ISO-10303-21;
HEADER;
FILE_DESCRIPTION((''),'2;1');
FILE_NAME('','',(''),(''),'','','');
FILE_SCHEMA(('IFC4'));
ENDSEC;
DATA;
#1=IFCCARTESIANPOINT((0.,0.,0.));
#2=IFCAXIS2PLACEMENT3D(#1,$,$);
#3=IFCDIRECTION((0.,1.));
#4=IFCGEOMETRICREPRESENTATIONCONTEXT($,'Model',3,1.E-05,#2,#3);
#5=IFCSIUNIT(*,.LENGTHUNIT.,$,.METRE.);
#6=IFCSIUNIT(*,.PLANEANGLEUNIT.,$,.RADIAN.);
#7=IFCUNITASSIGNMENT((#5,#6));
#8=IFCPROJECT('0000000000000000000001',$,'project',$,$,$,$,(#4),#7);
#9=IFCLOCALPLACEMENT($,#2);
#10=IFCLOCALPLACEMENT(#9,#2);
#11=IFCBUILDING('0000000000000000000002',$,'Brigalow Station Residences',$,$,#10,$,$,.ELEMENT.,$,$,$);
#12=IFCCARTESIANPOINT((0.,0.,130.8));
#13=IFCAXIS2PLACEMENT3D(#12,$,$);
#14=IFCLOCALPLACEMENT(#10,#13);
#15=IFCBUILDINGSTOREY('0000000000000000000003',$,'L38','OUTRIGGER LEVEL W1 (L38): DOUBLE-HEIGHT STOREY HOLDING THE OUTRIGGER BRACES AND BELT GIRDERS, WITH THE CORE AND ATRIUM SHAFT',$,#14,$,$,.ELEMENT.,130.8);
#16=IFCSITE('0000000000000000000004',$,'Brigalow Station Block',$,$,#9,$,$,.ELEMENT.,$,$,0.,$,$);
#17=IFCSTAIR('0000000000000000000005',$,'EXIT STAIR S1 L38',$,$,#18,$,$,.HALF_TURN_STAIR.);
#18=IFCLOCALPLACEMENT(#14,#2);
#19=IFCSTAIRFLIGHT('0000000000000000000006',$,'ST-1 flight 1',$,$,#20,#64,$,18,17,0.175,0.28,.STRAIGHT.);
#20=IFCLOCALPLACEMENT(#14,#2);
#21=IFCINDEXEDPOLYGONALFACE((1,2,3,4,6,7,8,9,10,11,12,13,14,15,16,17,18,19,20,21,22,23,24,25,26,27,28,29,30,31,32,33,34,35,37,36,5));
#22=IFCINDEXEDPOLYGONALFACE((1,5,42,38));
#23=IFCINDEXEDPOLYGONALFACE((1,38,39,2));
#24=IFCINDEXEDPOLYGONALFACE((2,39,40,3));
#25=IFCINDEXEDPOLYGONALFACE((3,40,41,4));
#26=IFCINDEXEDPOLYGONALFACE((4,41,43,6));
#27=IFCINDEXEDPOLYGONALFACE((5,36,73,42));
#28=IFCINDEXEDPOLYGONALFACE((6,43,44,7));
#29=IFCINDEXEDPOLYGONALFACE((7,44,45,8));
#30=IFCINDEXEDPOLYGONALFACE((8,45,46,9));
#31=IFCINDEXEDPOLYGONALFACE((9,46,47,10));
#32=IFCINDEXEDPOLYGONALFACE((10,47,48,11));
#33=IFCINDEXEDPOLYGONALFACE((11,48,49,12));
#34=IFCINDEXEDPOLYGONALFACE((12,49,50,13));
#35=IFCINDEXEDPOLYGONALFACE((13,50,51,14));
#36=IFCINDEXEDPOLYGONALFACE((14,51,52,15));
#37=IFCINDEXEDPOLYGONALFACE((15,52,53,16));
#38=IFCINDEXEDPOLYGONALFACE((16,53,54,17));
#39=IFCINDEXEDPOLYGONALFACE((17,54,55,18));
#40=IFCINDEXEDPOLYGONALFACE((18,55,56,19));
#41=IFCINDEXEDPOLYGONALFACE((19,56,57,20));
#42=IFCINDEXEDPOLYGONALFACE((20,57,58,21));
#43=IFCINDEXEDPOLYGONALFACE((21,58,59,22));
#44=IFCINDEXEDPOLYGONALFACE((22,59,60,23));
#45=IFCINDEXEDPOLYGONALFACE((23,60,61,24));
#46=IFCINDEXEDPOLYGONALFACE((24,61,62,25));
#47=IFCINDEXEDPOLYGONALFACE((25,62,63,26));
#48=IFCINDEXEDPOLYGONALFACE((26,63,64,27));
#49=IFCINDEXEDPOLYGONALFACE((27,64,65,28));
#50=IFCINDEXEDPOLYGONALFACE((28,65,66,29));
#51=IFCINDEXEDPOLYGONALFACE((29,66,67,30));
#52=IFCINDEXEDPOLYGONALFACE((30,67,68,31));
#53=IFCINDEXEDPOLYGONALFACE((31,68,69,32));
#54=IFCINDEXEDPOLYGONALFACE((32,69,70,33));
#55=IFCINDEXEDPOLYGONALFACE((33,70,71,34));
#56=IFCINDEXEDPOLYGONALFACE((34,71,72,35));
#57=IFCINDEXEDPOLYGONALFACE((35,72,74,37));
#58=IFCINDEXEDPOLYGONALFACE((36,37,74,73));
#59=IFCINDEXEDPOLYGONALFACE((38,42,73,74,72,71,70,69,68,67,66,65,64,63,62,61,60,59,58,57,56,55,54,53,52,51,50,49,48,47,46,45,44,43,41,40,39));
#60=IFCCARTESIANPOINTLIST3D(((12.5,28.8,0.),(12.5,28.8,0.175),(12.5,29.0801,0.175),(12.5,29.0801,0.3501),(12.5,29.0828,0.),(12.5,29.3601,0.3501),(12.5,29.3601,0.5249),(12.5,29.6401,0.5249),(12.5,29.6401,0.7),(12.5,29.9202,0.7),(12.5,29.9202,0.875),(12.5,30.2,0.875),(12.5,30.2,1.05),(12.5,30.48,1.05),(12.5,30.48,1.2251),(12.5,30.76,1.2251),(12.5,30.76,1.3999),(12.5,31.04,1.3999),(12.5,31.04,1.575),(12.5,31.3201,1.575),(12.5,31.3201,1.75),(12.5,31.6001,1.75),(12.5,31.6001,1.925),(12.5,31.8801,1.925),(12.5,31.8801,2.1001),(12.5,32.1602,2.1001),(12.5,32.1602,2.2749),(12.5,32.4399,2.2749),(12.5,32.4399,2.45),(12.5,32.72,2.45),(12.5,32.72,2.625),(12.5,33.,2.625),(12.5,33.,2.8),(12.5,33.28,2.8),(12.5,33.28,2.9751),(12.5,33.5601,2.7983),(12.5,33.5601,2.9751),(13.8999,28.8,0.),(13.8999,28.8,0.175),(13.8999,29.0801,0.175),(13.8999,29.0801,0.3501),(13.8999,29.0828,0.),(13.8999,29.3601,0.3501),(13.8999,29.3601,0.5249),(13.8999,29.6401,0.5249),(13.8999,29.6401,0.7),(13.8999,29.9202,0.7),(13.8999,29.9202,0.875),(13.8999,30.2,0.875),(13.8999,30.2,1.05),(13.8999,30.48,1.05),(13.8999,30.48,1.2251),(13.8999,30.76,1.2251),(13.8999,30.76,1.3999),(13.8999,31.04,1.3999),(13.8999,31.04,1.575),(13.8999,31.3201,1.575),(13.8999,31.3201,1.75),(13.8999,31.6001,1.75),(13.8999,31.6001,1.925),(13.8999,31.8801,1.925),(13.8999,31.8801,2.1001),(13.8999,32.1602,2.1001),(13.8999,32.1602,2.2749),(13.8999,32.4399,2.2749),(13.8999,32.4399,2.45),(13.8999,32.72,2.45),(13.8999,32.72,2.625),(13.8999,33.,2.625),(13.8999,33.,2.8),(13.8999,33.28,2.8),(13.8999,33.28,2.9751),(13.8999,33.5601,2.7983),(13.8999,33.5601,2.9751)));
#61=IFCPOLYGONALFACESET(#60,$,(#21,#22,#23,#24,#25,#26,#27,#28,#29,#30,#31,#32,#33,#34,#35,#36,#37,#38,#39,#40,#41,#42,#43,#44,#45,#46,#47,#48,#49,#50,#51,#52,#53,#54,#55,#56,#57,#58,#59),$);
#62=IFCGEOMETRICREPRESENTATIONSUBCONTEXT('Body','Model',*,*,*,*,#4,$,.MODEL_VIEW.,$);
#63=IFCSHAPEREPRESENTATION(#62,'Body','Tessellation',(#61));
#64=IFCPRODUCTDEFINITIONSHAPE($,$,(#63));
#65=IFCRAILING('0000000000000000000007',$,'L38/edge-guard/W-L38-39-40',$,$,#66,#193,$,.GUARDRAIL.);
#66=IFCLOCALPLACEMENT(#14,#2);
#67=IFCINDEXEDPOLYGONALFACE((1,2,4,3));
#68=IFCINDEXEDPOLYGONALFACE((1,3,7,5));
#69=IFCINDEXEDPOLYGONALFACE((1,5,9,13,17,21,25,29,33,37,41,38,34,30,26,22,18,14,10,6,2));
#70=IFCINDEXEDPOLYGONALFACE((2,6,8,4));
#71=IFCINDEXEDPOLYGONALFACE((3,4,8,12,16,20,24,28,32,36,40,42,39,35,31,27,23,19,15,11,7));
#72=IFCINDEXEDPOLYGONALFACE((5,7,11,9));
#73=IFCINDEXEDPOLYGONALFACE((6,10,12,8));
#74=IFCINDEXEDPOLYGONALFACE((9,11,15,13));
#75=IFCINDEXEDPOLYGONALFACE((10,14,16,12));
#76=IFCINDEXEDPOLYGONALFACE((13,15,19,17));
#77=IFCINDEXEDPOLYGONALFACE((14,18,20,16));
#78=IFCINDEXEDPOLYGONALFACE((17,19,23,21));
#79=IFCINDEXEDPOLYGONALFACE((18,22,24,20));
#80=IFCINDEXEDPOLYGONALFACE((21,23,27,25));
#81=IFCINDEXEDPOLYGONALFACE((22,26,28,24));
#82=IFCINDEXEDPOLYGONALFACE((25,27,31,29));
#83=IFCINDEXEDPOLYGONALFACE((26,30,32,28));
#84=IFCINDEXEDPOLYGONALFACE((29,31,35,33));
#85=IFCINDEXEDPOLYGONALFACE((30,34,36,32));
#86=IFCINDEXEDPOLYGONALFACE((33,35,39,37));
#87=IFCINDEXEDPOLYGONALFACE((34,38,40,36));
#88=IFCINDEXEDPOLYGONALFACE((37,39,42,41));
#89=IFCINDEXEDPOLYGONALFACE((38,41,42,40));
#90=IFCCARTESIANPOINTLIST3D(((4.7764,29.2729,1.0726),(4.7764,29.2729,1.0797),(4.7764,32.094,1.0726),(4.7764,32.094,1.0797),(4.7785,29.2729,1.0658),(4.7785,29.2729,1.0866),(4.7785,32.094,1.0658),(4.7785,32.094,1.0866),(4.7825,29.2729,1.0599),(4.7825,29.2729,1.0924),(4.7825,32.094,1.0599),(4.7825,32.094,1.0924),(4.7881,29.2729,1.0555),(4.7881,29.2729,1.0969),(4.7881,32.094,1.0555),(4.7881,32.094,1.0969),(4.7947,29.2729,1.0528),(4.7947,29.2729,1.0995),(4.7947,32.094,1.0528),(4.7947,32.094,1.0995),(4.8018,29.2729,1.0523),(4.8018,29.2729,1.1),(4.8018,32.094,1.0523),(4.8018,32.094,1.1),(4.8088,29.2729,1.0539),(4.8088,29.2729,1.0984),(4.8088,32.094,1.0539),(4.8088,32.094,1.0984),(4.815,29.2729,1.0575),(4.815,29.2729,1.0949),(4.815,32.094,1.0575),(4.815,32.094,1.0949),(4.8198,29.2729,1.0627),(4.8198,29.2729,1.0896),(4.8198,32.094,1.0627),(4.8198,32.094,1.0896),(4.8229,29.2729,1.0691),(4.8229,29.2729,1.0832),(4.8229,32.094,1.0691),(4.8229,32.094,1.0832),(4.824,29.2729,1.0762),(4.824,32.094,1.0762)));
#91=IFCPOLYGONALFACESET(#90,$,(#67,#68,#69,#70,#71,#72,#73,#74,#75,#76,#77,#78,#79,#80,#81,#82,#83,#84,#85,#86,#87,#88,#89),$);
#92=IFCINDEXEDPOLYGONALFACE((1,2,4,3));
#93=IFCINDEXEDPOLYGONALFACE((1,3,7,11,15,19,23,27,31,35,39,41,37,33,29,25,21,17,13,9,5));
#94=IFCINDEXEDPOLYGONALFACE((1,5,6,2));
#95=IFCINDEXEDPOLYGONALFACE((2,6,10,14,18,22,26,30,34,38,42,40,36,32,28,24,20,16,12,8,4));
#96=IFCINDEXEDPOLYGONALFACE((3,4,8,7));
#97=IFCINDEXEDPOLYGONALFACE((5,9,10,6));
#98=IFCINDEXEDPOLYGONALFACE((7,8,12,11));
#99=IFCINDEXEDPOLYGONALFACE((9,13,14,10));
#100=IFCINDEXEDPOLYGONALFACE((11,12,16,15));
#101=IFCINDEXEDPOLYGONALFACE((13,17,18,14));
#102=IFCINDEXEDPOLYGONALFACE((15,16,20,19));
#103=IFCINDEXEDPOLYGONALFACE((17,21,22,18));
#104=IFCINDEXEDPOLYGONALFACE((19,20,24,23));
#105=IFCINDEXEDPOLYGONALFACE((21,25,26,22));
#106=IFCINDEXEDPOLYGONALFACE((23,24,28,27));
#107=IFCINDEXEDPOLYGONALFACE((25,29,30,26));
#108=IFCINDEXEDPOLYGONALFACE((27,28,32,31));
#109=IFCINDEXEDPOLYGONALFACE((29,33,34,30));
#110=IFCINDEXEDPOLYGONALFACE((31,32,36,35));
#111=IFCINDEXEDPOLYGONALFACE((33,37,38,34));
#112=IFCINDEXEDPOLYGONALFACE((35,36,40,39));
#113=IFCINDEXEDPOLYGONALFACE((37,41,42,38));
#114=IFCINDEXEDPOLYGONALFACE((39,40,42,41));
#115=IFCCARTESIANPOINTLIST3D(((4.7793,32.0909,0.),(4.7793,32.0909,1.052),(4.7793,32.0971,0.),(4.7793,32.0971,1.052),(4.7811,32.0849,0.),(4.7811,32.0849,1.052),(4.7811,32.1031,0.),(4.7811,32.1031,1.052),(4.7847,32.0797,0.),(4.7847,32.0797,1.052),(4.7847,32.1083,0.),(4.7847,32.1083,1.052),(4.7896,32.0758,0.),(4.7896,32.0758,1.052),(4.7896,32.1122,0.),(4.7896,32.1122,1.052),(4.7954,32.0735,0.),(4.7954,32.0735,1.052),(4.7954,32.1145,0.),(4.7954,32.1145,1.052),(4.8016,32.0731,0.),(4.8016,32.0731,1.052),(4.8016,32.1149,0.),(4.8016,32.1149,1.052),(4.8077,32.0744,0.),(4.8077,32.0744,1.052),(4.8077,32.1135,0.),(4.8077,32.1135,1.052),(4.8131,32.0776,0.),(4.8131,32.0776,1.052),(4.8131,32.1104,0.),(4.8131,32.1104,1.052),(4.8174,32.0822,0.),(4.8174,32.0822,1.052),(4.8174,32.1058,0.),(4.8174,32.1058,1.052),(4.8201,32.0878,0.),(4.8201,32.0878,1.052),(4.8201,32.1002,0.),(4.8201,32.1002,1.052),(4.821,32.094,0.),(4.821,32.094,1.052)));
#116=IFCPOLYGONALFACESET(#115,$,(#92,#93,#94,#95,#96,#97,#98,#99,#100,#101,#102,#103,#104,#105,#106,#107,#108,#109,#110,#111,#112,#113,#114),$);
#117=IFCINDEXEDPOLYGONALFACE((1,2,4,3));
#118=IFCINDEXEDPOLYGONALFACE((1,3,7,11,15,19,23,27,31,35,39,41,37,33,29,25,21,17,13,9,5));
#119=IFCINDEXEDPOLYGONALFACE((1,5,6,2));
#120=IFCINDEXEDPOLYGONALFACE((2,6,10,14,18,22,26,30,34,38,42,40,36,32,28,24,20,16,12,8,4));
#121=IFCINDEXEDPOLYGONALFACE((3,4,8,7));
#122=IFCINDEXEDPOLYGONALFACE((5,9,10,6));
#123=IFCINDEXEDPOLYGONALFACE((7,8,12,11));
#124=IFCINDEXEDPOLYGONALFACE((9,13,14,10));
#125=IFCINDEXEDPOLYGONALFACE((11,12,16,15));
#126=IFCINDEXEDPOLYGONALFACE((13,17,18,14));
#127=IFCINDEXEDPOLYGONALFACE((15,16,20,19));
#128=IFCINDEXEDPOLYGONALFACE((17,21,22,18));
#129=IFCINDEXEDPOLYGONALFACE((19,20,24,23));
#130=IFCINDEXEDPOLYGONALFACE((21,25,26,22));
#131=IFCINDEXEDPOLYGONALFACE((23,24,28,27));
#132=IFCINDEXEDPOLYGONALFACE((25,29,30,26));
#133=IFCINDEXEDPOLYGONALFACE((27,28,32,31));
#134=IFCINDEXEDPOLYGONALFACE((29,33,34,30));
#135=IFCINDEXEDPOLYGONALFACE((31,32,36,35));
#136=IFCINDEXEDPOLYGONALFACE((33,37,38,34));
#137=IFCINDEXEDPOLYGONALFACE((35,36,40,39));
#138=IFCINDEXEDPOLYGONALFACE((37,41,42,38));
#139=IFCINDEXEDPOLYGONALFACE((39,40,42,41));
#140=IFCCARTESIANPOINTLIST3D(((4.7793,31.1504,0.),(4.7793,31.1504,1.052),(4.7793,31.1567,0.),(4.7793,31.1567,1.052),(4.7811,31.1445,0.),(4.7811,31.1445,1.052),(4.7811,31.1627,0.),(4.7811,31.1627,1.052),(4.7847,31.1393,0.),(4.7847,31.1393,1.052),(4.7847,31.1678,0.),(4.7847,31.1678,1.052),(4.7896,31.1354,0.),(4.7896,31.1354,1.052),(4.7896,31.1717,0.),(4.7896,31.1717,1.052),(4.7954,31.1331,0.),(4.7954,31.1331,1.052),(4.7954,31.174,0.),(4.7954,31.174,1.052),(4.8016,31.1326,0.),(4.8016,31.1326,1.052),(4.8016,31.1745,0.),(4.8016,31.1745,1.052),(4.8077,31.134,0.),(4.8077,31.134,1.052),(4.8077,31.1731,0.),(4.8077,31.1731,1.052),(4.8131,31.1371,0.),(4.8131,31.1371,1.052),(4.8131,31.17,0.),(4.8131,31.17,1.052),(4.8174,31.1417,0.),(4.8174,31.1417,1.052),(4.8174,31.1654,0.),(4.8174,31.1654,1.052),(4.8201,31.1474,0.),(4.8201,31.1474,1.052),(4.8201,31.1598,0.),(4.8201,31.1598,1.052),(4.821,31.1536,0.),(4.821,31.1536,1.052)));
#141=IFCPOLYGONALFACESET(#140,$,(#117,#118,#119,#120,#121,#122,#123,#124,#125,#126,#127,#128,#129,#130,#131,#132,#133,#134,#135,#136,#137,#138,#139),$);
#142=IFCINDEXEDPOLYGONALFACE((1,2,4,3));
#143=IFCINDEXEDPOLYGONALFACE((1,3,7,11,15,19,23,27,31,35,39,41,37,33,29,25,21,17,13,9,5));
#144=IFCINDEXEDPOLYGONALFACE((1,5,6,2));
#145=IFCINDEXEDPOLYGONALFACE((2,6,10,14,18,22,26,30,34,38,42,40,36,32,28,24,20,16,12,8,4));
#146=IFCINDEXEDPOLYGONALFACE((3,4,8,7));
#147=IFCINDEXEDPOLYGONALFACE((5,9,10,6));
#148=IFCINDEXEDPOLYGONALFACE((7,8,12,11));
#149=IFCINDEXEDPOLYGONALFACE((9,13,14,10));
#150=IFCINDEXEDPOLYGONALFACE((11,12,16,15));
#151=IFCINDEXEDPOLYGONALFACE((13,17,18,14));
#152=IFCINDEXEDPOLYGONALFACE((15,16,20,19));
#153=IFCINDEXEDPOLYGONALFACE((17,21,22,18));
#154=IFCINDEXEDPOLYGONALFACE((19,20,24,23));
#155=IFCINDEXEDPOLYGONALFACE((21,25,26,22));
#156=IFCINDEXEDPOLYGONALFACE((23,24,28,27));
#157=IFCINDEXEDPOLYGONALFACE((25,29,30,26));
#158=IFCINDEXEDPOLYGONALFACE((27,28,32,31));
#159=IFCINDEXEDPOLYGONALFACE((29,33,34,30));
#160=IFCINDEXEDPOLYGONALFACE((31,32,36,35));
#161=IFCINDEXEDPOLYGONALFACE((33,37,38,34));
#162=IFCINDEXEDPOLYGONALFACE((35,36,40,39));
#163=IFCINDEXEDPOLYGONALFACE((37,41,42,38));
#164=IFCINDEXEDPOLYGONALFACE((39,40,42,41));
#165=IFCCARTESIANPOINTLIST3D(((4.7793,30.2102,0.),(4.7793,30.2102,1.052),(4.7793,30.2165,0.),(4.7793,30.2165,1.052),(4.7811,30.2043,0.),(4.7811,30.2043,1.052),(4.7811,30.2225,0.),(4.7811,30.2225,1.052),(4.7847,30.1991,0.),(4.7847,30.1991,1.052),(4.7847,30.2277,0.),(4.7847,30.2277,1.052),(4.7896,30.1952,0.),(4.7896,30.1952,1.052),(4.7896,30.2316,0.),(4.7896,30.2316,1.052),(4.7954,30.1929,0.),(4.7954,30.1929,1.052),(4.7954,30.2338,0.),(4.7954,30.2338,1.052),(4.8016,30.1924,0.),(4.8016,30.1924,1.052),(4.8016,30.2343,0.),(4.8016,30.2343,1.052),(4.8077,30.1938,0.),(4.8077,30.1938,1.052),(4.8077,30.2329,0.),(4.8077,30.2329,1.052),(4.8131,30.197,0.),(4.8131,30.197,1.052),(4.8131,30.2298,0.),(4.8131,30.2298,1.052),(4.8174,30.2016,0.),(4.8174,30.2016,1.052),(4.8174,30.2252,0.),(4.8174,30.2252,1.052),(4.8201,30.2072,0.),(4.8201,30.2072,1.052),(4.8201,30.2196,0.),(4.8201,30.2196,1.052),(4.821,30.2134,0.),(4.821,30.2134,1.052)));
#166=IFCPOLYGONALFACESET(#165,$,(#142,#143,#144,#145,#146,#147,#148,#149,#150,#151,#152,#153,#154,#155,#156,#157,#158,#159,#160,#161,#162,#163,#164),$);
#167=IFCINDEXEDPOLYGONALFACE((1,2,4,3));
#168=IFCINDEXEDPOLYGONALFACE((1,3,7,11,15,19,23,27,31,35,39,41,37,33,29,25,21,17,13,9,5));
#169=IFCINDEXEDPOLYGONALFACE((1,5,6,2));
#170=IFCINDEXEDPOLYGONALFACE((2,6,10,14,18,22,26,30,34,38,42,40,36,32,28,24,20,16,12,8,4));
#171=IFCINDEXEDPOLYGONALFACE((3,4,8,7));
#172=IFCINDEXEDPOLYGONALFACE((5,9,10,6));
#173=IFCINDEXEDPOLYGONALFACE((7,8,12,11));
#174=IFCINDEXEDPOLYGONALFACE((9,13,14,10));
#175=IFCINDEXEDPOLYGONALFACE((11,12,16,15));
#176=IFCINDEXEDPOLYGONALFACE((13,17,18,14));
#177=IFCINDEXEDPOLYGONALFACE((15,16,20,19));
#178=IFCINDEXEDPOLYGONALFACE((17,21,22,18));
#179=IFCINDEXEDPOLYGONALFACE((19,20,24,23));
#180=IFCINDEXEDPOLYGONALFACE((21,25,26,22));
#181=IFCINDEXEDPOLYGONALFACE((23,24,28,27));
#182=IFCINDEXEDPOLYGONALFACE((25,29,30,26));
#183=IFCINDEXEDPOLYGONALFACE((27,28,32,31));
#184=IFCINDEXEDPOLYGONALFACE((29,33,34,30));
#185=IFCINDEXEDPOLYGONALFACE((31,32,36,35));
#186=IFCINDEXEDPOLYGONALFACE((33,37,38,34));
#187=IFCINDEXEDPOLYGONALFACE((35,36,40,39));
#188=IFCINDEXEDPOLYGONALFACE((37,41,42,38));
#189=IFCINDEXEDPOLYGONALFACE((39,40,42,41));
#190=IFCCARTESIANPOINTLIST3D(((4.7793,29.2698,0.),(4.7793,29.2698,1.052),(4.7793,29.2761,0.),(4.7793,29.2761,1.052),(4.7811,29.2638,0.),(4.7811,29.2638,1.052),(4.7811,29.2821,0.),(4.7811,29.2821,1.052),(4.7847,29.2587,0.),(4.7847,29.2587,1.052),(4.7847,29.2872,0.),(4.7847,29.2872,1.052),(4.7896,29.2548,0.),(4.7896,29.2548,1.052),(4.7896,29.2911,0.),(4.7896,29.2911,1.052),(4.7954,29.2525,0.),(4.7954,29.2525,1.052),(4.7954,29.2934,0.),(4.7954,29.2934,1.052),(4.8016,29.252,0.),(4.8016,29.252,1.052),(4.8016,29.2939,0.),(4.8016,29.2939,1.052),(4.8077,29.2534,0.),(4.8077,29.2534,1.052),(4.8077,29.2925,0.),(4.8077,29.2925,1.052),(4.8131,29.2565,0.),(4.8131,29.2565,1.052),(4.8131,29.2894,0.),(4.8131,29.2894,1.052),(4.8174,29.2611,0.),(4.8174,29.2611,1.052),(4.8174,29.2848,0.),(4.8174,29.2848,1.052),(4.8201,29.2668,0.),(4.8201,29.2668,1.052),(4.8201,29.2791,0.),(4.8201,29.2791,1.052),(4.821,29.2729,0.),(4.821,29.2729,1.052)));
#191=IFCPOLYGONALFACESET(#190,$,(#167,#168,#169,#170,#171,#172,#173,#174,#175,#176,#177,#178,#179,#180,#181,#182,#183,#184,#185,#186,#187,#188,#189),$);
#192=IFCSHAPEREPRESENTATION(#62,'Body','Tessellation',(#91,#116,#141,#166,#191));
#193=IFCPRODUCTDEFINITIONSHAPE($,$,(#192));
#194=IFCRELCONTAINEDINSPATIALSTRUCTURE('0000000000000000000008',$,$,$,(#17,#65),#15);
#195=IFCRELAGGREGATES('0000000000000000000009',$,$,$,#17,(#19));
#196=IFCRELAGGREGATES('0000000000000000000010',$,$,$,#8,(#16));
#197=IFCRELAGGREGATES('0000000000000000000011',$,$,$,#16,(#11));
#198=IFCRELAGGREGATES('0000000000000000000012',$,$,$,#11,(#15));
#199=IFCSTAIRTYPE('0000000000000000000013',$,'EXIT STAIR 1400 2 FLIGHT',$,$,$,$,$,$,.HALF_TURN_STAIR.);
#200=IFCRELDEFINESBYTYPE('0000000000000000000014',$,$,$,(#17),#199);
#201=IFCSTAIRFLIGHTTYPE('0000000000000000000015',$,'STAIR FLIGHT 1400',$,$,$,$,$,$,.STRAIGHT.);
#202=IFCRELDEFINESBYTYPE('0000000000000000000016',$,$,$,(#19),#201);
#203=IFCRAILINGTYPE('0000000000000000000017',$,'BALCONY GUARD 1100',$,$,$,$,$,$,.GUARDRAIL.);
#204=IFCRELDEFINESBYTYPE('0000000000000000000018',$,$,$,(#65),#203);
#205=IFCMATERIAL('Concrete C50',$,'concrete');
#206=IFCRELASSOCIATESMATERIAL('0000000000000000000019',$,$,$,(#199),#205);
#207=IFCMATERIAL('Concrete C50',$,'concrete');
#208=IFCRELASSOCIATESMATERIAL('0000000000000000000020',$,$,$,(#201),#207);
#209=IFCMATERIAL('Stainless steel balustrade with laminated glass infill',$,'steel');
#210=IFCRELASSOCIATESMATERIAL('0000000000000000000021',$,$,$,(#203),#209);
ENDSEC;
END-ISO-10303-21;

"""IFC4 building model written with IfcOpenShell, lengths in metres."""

from ifc_helpers import new_model, si_unit, direction, frame, origin, origin_2d, place, context, subcontext, project, spatial, polyline, circle, outline, extrude, material, type_object, element, aggregate, save


model = new_model("IFC4")

# Units and contexts
model_context = context("Model", 3, precision=1e-05, world=origin(), true_north=direction((0.0, 1.0)))
body_context = subcontext(model_context, "Body", "Model", "MODEL_VIEW")
ifc_project = project(units=[si_unit("LENGTHUNIT", "METRE"), si_unit("PLANEANGLEUNIT", "RADIAN")], contexts=[model_context])

# Site, building, storey
site_placement = place(None, origin())
site = spatial("IfcSite", under=ifc_project, at=site_placement, Name="Brigalow Station Block", CompositionType="ELEMENT", RefElevation=0.0)
building_placement = place(site_placement, origin())
building = spatial("IfcBuilding", under=site, at=building_placement, Name="Brigalow Station Residences", CompositionType="ELEMENT")
storey_placement = place(building_placement, frame((0.0, 0.0, 130.8)))
storey = spatial("IfcBuildingStorey", under=building, at=storey_placement, Name="L38", Description="OUTRIGGER LEVEL W1 (L38): DOUBLE-HEIGHT STOREY HOLDING THE OUTRIGGER BRACES AND BELT GIRDERS, WITH THE CORE AND ATRIUM SHAFT", CompositionType="ELEMENT", Elevation=130.8)

# Stair, stair flight
ifc_material_1 = material(Name="Concrete C50", Category="concrete")
stair_type = type_object("IfcStairType", Name="EXIT STAIR 1400 2 FLIGHT", PredefinedType="HALF_TURN_STAIR", material=ifc_material_1)
stair_placement = place(storey_placement, origin())
stair = element("IfcStair", 1, at=stair_placement, inside=storey, type_object=stair_type, Name="EXIT STAIR S1 L38", PredefinedType="HALF_TURN_STAIR")
ifc_material_2 = material(Name="Concrete C50", Category="concrete")
stair_flight_type = type_object("IfcStairFlightType", Name="STAIR FLIGHT 1400", PredefinedType="STRAIGHT", material=ifc_material_2)
stair_flight_placement = place(storey_placement, frame((13.2, 28.8, 0.0), z_axis=(0.0, 0.0, 1.0), x_axis=(0.0, 1.0, 0.0)))
stair_flight = element("IfcStairFlight", 2, at=stair_flight_placement, type_object=stair_flight_type, Name="ST-1 flight 1", NumberOfRisers=18, NumberOfTreads=17, PredefinedType="STRAIGHT", RiserHeight=0.175, TreadLength=0.28, context=body_context, shape_type="SweptSolid", body=[
    extrude(outline(polyline([(0.0, 0.0), (0.0, 0.175), (0.28, 0.175), (0.28, 0.3501), (0.5601, 0.3501), (0.5601, 0.5249), (0.8401, 0.5249), (0.8401, 0.7), (1.1201, 0.7), (1.1201, 0.875), (1.3999, 0.875), (1.3999, 1.05), (1.6799, 1.05), (1.6799, 1.2251), (1.96, 1.2251), (1.96, 1.3999), (2.24, 1.3999), (2.24, 1.575), (2.52, 1.575), (2.52, 1.75), (2.8, 1.75), (2.8, 1.925), (3.0801, 1.925), (3.0801, 2.1001), (3.3601, 2.1001), (3.3601, 2.2749), (3.6399, 2.2749), (3.6399, 2.45), (3.9199, 2.45), (3.9199, 2.625), (4.2, 2.625), (4.2, 2.8), (4.48, 2.8), (4.48, 2.9751), (4.76, 2.9751), (4.76, 3.1499), (4.76, 2.7983), (0.2827, 0.0), (0.0, 0.0)])), frame((0.0, 0.7, 0.0), z_axis=(0.0, -1.0, 0.0), x_axis=(1.0, 0.0, 0.0)), (0.0, 0.0, 1.0), 1.3999),
])
aggregate(stair, [stair_flight])

# Railing
ifc_material_3 = material(Name="Stainless steel balustrade with laminated glass infill", Category="steel")
railing_type_1 = type_object("IfcRailingType", Name="BALCONY GUARD 1100", PredefinedType="GUARDRAIL", material=ifc_material_3)
railing_1_placement = place(storey_placement, frame((4.8, 32.094, 0.0)))
element("IfcRailing", 3, at=railing_1_placement, inside=storey, type_object=railing_type_1, Name="L38/edge-guard/W-L38-39-40", PredefinedType="GUARDRAIL", context=body_context, shape_type="SweptSolid", body=[
    extrude(circle(Radius=0.0239, at=origin_2d()), frame((0.0, 0.0, 1.0762), z_axis=(0.0, -1.0, 0.0), x_axis=(1.0, 0.0, 0.0)), (0.0, 0.0, 1.0), 2.821),
    extrude(circle(Radius=0.021, at=origin_2d()), origin(), (0.0, 0.0, 1.0), 1.052),
    extrude(circle(Radius=0.021, at=origin_2d()), frame((0.0, -0.9404, 0.0)), (0.0, 0.0, 1.0), 1.052),
    extrude(circle(Radius=0.021, at=origin_2d()), frame((0.0, -1.8806, 0.0)), (0.0, 0.0, 1.0), 1.052),
    extrude(circle(Radius=0.021, at=origin_2d()), frame((0.0, -2.821, 0.0)), (0.0, 0.0, 1.0), 1.052),
])

save(model, "model.ifc")
